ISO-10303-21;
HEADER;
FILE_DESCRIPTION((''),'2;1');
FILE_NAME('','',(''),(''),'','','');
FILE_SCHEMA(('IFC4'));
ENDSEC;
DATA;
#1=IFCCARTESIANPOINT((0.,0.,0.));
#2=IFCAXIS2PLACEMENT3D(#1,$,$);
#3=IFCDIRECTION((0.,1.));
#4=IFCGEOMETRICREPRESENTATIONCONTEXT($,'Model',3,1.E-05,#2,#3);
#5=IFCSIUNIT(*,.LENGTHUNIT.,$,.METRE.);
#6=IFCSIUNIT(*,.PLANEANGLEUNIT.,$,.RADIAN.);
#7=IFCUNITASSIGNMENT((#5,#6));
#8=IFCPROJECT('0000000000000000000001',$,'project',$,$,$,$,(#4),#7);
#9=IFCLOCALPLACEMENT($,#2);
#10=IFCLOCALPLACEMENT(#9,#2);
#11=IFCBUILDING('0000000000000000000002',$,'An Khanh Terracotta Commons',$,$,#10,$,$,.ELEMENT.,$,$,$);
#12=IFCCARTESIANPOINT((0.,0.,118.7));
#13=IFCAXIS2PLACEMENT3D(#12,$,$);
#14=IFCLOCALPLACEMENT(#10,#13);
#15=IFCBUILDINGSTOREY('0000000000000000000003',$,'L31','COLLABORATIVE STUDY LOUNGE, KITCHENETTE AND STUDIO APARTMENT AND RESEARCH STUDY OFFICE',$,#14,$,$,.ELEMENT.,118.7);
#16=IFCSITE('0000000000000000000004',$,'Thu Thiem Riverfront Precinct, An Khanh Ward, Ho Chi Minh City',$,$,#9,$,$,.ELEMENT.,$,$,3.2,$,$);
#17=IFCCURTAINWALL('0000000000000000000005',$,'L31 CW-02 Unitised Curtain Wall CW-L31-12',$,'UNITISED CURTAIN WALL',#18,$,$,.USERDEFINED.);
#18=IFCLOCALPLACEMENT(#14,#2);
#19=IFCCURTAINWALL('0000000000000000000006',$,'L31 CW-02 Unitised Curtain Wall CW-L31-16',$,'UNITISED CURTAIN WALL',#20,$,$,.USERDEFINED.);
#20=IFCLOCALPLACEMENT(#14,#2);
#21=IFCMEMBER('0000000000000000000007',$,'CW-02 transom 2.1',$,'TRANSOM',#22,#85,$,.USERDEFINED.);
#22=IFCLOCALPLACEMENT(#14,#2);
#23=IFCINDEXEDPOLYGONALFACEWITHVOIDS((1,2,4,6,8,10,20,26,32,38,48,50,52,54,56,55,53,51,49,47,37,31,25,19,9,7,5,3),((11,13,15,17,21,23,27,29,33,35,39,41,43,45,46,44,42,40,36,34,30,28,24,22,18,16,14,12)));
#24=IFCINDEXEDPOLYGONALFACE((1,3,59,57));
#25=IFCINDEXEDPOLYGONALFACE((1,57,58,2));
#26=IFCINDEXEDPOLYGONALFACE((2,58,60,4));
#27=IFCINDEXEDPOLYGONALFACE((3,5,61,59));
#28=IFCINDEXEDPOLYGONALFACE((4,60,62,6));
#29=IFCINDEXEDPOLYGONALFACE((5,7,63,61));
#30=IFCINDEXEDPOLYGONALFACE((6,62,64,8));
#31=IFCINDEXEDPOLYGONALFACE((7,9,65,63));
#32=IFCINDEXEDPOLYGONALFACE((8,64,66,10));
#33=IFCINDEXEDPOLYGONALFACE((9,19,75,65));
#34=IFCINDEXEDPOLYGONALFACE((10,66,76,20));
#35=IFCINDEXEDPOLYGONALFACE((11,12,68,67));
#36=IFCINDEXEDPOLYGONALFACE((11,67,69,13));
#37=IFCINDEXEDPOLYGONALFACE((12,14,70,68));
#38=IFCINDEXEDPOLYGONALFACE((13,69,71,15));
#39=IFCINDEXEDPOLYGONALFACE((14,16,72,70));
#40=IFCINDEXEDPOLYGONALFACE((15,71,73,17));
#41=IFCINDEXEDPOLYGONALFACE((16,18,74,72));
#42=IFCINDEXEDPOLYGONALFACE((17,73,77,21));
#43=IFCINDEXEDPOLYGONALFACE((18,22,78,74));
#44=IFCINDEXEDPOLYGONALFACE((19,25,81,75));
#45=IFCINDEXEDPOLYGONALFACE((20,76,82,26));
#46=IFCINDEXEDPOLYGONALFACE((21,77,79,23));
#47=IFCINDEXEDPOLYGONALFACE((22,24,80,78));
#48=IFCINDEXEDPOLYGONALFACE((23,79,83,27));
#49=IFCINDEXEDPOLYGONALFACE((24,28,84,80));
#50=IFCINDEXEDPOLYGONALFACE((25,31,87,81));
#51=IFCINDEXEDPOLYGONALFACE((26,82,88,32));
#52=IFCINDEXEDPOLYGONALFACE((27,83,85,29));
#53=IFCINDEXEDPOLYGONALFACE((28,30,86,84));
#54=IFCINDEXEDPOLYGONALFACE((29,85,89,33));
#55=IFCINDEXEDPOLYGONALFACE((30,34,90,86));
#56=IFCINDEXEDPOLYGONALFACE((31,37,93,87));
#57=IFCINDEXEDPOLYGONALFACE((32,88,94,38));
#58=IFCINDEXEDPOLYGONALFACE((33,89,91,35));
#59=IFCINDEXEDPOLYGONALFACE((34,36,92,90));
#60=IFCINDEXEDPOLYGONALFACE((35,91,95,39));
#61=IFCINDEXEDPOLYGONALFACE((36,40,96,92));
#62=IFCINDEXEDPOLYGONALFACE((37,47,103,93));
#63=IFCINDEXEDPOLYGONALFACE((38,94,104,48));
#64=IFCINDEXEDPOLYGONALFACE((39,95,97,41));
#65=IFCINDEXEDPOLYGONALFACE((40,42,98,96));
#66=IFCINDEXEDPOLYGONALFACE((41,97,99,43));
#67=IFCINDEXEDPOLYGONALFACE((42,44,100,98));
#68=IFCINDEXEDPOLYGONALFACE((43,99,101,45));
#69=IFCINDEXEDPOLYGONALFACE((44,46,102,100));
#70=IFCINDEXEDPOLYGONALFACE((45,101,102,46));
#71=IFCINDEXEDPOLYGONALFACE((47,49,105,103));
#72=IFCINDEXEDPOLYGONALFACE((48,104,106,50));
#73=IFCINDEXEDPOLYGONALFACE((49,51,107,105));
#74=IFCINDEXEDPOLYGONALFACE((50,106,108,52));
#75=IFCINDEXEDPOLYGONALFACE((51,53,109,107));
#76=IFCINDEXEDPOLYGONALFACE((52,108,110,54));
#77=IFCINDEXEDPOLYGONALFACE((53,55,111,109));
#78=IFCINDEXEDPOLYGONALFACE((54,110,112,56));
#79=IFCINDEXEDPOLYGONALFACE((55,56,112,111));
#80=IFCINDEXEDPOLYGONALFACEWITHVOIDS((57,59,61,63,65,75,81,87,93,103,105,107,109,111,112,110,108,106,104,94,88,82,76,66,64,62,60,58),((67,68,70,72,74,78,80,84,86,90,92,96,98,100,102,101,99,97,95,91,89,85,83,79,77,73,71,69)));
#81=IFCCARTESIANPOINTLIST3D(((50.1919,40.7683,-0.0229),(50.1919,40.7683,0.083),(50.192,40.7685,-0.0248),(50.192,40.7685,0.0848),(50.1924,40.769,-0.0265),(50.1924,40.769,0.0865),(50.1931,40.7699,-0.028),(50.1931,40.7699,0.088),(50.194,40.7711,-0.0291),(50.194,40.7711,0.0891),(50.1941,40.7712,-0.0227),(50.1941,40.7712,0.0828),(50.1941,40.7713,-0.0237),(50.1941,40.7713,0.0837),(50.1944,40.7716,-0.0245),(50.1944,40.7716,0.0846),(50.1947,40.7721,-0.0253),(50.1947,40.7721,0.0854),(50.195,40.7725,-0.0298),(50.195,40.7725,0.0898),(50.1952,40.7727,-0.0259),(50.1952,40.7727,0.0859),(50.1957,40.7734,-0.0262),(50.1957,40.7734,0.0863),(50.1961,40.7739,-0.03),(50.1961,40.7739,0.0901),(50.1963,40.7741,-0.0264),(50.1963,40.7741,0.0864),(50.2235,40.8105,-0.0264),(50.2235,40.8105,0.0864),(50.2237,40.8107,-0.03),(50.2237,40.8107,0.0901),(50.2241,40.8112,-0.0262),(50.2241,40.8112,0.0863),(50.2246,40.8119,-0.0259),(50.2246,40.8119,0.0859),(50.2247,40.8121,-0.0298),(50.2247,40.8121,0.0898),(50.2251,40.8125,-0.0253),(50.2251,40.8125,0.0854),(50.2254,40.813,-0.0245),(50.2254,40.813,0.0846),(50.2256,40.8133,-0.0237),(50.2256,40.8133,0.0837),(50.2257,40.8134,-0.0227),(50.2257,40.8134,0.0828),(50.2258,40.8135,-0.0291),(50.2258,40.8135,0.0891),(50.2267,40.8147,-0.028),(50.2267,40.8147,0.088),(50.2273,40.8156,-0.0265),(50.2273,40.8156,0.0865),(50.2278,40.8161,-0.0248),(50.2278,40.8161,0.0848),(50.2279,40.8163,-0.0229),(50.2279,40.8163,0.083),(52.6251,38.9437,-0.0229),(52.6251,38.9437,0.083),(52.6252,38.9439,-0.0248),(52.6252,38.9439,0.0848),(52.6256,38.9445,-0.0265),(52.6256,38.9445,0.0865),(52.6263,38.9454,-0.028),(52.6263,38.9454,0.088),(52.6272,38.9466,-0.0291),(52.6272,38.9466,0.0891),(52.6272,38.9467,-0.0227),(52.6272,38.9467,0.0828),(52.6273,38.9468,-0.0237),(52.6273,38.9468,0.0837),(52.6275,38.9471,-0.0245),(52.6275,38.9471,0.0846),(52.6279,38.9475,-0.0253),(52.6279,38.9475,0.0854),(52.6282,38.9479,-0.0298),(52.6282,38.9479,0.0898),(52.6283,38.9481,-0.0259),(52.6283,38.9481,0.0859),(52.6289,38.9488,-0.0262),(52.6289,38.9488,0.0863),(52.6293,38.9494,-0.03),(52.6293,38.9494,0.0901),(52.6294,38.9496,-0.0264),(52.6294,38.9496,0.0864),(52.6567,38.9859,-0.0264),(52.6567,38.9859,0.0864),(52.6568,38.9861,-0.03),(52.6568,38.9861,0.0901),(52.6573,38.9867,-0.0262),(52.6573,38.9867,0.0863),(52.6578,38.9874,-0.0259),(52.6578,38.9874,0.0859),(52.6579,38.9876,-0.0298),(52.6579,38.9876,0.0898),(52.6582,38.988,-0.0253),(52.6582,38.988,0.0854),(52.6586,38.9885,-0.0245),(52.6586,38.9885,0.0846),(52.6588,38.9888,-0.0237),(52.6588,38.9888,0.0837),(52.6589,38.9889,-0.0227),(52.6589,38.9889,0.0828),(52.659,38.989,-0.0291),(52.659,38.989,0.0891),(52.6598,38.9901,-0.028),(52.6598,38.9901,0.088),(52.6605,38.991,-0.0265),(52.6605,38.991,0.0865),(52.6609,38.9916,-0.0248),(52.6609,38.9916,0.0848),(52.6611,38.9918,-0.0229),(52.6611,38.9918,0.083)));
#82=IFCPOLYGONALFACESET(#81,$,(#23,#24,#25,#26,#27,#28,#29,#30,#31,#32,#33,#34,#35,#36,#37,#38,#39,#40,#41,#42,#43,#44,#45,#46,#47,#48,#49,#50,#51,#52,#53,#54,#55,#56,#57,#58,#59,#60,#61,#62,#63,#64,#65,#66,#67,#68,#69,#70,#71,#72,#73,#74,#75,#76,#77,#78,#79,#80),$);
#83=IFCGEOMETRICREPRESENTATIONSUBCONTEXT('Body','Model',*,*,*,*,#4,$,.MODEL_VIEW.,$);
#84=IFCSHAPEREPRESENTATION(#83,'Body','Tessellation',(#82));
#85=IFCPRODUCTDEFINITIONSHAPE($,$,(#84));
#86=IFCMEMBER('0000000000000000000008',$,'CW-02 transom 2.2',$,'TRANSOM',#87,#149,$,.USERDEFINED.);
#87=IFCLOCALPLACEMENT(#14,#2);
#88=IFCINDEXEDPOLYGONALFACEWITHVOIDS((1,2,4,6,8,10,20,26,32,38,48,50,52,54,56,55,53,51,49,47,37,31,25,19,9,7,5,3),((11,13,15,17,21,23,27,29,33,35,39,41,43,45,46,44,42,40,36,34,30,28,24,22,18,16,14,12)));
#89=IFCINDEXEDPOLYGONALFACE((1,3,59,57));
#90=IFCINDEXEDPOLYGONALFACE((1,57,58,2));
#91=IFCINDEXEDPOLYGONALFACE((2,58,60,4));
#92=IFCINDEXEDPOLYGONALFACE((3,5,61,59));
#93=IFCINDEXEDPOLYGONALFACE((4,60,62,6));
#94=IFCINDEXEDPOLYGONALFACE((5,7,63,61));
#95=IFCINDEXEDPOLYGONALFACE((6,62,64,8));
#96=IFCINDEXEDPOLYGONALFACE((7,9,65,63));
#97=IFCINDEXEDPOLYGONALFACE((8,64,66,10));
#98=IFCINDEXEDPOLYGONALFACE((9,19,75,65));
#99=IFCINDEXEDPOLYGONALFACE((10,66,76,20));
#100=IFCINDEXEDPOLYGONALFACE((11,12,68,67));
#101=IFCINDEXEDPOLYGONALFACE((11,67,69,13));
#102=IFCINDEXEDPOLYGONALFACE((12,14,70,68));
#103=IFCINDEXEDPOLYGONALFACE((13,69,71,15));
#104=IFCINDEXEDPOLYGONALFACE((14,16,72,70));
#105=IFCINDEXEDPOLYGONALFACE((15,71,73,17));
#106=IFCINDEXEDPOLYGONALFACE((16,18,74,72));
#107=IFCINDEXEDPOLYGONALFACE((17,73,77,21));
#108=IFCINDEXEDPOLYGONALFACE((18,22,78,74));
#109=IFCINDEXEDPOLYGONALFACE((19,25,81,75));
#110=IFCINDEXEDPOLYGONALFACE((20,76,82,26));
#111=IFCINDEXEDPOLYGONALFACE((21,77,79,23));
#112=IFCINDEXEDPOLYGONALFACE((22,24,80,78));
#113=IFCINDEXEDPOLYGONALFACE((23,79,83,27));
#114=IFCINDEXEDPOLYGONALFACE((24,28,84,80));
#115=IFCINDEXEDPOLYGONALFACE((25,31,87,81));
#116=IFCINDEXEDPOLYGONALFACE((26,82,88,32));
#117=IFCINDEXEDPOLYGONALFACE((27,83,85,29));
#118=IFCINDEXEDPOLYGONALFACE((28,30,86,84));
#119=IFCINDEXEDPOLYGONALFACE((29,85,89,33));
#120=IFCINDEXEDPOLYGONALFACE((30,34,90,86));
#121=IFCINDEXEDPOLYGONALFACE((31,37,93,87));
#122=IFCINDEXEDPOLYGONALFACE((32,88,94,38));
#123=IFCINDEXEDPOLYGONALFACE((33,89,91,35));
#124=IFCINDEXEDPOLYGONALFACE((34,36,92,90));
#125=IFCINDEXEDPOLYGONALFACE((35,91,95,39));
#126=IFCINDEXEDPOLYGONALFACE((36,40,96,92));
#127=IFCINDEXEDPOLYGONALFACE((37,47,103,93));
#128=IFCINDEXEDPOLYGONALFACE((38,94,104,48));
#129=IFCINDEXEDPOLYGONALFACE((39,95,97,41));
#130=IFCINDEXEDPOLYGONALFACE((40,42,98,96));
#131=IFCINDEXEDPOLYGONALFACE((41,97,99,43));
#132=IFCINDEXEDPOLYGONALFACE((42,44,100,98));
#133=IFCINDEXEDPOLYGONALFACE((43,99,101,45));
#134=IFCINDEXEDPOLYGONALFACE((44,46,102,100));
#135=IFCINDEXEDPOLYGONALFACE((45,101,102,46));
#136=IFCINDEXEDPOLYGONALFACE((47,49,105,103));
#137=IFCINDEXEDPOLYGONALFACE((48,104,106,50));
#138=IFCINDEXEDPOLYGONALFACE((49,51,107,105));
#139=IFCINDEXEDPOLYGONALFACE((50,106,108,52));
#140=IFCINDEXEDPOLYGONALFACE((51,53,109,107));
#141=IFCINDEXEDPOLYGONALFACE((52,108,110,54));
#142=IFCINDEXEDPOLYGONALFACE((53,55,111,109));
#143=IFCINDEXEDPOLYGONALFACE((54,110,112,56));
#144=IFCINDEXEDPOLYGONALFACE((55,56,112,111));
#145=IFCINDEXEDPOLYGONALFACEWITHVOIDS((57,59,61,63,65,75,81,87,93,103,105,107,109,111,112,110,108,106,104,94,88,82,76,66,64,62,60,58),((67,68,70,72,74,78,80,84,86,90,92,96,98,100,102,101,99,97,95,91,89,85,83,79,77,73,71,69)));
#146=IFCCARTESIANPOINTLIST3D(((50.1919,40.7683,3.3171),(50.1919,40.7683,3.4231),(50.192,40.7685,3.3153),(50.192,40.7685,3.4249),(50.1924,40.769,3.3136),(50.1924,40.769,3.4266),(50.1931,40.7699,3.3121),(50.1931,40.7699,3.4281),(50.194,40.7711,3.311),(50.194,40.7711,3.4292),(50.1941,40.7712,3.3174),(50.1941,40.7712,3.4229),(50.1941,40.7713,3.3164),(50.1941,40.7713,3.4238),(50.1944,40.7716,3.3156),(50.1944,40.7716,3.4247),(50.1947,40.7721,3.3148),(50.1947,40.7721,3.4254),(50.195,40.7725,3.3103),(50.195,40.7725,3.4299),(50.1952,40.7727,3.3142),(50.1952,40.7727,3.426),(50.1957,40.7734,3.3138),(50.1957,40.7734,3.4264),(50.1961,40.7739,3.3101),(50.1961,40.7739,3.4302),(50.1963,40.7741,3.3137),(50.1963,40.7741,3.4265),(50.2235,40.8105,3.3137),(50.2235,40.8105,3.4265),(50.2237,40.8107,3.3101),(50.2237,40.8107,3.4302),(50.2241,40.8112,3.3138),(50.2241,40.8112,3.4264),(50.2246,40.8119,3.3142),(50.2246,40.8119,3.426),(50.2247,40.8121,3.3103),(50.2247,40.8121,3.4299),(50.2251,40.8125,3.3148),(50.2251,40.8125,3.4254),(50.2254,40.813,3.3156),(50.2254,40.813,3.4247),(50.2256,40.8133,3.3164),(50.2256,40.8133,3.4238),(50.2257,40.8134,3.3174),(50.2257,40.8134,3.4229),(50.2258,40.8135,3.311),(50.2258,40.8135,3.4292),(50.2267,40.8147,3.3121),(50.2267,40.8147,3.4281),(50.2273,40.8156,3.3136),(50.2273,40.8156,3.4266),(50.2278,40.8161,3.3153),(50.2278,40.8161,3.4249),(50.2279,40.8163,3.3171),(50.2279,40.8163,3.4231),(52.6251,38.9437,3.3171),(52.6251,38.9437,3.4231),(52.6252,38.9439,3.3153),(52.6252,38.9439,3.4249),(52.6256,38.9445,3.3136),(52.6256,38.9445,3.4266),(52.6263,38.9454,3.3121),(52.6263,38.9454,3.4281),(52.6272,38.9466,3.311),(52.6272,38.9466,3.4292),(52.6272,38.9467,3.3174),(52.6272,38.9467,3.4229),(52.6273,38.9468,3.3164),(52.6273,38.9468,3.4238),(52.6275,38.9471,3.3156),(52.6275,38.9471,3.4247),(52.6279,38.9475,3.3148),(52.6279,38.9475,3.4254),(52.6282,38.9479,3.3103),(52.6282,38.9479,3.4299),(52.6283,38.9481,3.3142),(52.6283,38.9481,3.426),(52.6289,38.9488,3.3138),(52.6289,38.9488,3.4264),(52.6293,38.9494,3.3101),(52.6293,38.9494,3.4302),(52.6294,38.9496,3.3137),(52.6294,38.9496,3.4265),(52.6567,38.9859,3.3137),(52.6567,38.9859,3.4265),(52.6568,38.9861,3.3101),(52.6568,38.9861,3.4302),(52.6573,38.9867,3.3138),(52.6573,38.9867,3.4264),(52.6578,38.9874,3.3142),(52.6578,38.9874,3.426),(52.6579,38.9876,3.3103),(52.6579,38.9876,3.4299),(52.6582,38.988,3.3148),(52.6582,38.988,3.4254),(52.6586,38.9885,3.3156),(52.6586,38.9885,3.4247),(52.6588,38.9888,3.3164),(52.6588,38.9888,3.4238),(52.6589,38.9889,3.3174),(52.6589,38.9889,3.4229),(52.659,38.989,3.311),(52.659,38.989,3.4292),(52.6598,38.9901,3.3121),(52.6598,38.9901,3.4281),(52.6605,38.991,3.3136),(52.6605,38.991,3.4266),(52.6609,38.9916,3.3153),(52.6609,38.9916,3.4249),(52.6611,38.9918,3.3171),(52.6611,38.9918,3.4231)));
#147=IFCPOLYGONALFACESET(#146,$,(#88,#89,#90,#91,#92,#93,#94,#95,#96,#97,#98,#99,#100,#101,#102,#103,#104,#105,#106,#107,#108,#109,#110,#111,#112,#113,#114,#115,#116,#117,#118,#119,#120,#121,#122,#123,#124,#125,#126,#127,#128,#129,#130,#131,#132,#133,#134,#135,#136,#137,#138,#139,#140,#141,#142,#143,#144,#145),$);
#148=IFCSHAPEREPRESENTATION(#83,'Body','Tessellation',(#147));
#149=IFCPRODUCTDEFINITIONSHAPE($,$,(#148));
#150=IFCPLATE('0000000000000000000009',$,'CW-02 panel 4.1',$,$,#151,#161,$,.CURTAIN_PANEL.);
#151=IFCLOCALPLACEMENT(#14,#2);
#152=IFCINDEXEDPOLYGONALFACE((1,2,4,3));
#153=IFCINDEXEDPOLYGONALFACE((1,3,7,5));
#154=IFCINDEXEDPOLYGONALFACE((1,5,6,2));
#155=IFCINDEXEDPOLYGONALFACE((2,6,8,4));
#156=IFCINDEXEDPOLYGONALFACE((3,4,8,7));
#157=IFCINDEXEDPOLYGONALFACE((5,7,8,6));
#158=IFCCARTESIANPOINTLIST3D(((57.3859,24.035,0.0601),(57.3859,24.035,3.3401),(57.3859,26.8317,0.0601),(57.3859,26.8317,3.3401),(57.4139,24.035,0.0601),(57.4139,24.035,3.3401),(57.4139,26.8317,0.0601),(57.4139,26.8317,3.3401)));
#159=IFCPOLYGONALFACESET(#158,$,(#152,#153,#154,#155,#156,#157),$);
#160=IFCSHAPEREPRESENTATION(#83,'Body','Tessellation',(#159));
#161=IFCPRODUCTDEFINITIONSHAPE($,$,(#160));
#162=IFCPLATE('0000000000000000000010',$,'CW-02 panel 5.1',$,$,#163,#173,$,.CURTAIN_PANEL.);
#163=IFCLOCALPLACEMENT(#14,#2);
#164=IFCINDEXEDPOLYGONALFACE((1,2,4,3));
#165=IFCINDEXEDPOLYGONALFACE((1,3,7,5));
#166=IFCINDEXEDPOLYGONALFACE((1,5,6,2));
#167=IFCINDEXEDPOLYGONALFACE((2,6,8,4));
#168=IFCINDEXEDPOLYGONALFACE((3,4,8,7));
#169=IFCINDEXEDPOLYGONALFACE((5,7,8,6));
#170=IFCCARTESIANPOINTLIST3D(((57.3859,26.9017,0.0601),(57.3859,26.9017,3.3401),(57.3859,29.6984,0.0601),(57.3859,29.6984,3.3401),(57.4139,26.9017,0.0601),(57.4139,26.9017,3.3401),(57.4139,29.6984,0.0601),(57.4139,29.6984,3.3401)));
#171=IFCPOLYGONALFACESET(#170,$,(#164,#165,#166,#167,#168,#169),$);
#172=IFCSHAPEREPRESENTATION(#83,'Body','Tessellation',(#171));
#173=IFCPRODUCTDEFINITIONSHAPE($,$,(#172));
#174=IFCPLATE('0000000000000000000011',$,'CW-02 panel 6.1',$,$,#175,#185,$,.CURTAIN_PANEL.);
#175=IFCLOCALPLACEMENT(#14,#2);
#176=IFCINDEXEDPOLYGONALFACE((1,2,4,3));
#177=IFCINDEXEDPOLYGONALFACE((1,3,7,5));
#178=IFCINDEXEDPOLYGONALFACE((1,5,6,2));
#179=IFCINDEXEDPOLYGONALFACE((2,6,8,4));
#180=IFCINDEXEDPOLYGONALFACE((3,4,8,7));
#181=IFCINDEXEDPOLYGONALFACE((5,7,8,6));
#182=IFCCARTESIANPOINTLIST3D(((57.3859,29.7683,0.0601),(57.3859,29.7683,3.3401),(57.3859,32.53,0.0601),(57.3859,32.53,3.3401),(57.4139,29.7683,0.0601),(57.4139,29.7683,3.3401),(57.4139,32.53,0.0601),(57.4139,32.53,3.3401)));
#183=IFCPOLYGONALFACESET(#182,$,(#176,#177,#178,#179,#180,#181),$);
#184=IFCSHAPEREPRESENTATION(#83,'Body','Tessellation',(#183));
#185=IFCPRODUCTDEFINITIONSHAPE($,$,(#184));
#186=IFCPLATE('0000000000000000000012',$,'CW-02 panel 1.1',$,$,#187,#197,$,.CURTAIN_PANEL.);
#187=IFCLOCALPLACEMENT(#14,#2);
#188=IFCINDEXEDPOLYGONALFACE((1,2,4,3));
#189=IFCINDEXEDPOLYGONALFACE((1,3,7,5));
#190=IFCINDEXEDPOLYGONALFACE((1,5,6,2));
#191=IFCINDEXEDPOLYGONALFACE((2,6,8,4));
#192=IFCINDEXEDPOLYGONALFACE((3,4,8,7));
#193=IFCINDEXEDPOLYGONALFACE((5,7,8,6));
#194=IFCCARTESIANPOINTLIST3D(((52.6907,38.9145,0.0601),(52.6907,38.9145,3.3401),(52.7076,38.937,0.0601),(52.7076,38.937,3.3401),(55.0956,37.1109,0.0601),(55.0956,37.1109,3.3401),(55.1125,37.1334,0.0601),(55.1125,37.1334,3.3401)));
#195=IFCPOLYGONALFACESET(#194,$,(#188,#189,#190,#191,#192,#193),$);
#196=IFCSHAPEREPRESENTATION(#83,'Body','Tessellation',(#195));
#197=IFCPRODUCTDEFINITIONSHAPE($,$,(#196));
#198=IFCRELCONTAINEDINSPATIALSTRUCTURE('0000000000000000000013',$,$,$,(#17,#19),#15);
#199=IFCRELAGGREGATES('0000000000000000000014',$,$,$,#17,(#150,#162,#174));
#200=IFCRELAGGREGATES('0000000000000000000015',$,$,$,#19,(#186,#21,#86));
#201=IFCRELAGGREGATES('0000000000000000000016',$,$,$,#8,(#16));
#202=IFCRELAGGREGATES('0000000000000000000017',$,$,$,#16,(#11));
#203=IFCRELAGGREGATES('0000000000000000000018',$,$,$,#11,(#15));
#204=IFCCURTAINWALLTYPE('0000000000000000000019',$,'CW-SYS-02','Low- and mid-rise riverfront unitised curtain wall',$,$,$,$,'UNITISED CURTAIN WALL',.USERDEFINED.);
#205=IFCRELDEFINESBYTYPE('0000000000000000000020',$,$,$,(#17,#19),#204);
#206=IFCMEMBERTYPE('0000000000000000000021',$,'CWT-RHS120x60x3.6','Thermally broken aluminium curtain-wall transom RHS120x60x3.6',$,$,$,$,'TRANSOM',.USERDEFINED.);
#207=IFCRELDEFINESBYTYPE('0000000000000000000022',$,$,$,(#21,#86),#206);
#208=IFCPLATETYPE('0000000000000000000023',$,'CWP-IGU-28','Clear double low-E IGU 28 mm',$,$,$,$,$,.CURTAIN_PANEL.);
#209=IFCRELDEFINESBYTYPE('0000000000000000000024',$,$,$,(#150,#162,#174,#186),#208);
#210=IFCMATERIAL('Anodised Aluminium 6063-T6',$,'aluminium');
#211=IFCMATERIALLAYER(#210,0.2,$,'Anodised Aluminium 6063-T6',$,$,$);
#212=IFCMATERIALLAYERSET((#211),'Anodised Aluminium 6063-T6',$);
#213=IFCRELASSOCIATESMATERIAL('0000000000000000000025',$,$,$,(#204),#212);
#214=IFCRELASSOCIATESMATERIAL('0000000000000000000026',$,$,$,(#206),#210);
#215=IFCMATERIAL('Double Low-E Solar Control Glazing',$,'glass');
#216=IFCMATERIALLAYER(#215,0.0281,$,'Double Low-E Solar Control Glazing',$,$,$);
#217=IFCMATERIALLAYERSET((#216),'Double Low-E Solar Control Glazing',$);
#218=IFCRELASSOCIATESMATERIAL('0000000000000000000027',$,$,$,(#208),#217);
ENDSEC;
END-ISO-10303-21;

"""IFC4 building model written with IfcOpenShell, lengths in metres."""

from ifc_helpers import new_model, si_unit, direction, frame, origin, origin_2d, place, context, subcontext, project, spatial, rectangle, hollow_rectangle, extrude, material, layer, layer_set, material_profile, profile_set, type_object, element, aggregate, save


model = new_model("IFC4")

# Units and contexts
model_context = context("Model", 3, precision=1e-05, world=origin(), true_north=direction((0.0, 1.0)))
body_context = subcontext(model_context, "Body", "Model", "MODEL_VIEW")
ifc_project = project(units=[si_unit("LENGTHUNIT", "METRE"), si_unit("PLANEANGLEUNIT", "RADIAN")], contexts=[model_context])

# Site, building, storey
site_placement = place(None, origin())
site = spatial("IfcSite", under=ifc_project, at=site_placement, Name="Thu Thiem Riverfront Precinct, An Khanh Ward, Ho Chi Minh City", CompositionType="ELEMENT", RefElevation=3.2)
building_placement = place(site_placement, origin())
building = spatial("IfcBuilding", under=site, at=building_placement, Name="An Khanh Terracotta Commons", CompositionType="ELEMENT")
storey_placement = place(building_placement, frame((0.0, 0.0, 118.7)))
storey = spatial("IfcBuildingStorey", under=building, at=storey_placement, Name="L31", Description="COLLABORATIVE STUDY LOUNGE, KITCHENETTE AND STUDIO APARTMENT AND RESEARCH STUDY OFFICE", CompositionType="ELEMENT", Elevation=118.7)

# Curtain walls
ifc_material_1 = material(Name="Anodised Aluminium 6063-T6", Category="aluminium")
ifc_layer_1 = layer(ifc_material_1, 0.2, Name="Anodised Aluminium 6063-T6")
ifc_layer_set_1 = layer_set([ifc_layer_1], Name="Anodised Aluminium 6063-T6")
curtain_wall_type = type_object("IfcCurtainWallType", Name="CW-SYS-02", Description="Low- and mid-rise riverfront unitised curtain wall", ElementType="UNITISED CURTAIN WALL", PredefinedType="USERDEFINED", material=ifc_layer_set_1)
curtain_wall_1_placement = place(storey_placement, origin())
curtain_wall_1 = element("IfcCurtainWall", 1, at=curtain_wall_1_placement, inside=storey, type_object=curtain_wall_type, Name="L31 CW-02 Unitised Curtain Wall CW-L31-12", ObjectType="UNITISED CURTAIN WALL", PredefinedType="USERDEFINED")
curtain_wall_2_placement = place(storey_placement, origin())
curtain_wall_2 = element("IfcCurtainWall", 2, at=curtain_wall_2_placement, inside=storey, type_object=curtain_wall_type, Name="L31 CW-02 Unitised Curtain Wall CW-L31-16", ObjectType="UNITISED CURTAIN WALL", PredefinedType="USERDEFINED")

# Members
ifc_material_profile_1 = material_profile(ifc_material_1, hollow_rectangle(XDim=0.0601, YDim=0.1201, WallThickness=0.0037, InnerFilletRadius=0.0037, OuterFilletRadius=0.0071, at=origin_2d()), Name="RHS120x60x3.6")
ifc_profile_set_1 = profile_set([ifc_material_profile_1], Name="Anodised Aluminium 6063-T6")
member_type_1 = type_object("IfcMemberType", Name="CWT-RHS120x60x3.6", Description="Thermally broken aluminium curtain-wall transom RHS120x60x3.6", ElementType="TRANSOM", PredefinedType="USERDEFINED", material=ifc_profile_set_1)
member_1_placement = place(storey_placement, frame((52.6431, 38.9678, 0.03), z_axis=(-0.800058, 0.599923, 0.0), x_axis=(-0.599923, -0.800058, 0.0)))
member_1 = element("IfcMember", 3, at=member_1_placement, type_object=member_type_1, Name="CW-02 transom 2.1", ObjectType="TRANSOM", PredefinedType="USERDEFINED", context=body_context, shape_type="SweptSolid", body=[
    extrude(hollow_rectangle(XDim=0.0601, YDim=0.1201, WallThickness=0.0037, InnerFilletRadius=0.0037, OuterFilletRadius=0.0071, at=origin_2d()), origin(), (0.0, 0.0, 1.0), 3.0413),
])
member_2_placement = place(storey_placement, frame((52.6431, 38.9678, 3.3701), z_axis=(-0.800058, 0.599923, 0.0), x_axis=(-0.599923, -0.800058, 0.0)))
member_2 = element("IfcMember", 4, at=member_2_placement, type_object=member_type_1, Name="CW-02 transom 2.2", ObjectType="TRANSOM", PredefinedType="USERDEFINED", context=body_context, shape_type="SweptSolid", body=[
    extrude(hollow_rectangle(XDim=0.0601, YDim=0.1201, WallThickness=0.0037, InnerFilletRadius=0.0037, OuterFilletRadius=0.0071, at=origin_2d()), origin(), (0.0, 0.0, 1.0), 3.0413),
])

# Plates
ifc_material_2 = material(Name="Double Low-E Solar Control Glazing", Category="glass")
ifc_layer_2 = layer(ifc_material_2, 0.0281, Name="Double Low-E Solar Control Glazing")
ifc_layer_set_2 = layer_set([ifc_layer_2], Name="Double Low-E Solar Control Glazing")
plate_type = type_object("IfcPlateType", Name="CWP-IGU-28", Description="Clear double low-E IGU 28 mm", PredefinedType="CURTAIN_PANEL", material=ifc_layer_set_2)
plate_1_placement = place(storey_placement, frame((57.3999, 25.4333, 0.0601), z_axis=(0.0, 0.0, 1.0), x_axis=(0.0, 1.0, 0.0)))
plate_1 = element("IfcPlate", 5, at=plate_1_placement, type_object=plate_type, Name="CW-02 panel 4.1", PredefinedType="CURTAIN_PANEL", context=body_context, shape_type="SweptSolid", body=[
    extrude(rectangle(XDim=2.7966, YDim=0.0281, at=origin_2d()), origin(), (0.0, 0.0, 1.0), 3.28),
])
plate_2_placement = place(storey_placement, frame((57.3999, 28.3, 0.0601), z_axis=(0.0, 0.0, 1.0), x_axis=(0.0, 1.0, 0.0)))
plate_2 = element("IfcPlate", 6, at=plate_2_placement, type_object=plate_type, Name="CW-02 panel 5.1", PredefinedType="CURTAIN_PANEL", context=body_context, shape_type="SweptSolid", body=[
    extrude(rectangle(XDim=2.7966, YDim=0.0281, at=origin_2d()), origin(), (0.0, 0.0, 1.0), 3.28),
])
plate_3_placement = place(storey_placement, frame((57.3999, 31.1492, 0.0601), z_axis=(0.0, 0.0, 1.0), x_axis=(0.0, 1.0, 0.0)))
plate_3 = element("IfcPlate", 7, at=plate_3_placement, type_object=plate_type, Name="CW-02 panel 6.1", PredefinedType="CURTAIN_PANEL", context=body_context, shape_type="SweptSolid", body=[
    extrude(rectangle(XDim=2.7617, YDim=0.0281, at=origin_2d()), origin(), (0.0, 0.0, 1.0), 3.28),
])
aggregate(curtain_wall_1, [plate_1, plate_2, plate_3])
plate_4_placement = place(storey_placement, frame((53.9016, 38.0239, 0.0601), z_axis=(0.0, 0.0, 1.0), x_axis=(-0.800013, 0.599983, 0.0)))
plate_4 = element("IfcPlate", 8, at=plate_4_placement, type_object=plate_type, Name="CW-02 panel 1.1", PredefinedType="CURTAIN_PANEL", context=body_context, shape_type="SweptSolid", body=[
    extrude(rectangle(XDim=3.0061, YDim=0.0281, at=origin_2d()), origin(), (0.0, 0.0, 1.0), 3.28),
])
aggregate(curtain_wall_2, [plate_4, member_1, member_2])

save(model, "model.ifc")
